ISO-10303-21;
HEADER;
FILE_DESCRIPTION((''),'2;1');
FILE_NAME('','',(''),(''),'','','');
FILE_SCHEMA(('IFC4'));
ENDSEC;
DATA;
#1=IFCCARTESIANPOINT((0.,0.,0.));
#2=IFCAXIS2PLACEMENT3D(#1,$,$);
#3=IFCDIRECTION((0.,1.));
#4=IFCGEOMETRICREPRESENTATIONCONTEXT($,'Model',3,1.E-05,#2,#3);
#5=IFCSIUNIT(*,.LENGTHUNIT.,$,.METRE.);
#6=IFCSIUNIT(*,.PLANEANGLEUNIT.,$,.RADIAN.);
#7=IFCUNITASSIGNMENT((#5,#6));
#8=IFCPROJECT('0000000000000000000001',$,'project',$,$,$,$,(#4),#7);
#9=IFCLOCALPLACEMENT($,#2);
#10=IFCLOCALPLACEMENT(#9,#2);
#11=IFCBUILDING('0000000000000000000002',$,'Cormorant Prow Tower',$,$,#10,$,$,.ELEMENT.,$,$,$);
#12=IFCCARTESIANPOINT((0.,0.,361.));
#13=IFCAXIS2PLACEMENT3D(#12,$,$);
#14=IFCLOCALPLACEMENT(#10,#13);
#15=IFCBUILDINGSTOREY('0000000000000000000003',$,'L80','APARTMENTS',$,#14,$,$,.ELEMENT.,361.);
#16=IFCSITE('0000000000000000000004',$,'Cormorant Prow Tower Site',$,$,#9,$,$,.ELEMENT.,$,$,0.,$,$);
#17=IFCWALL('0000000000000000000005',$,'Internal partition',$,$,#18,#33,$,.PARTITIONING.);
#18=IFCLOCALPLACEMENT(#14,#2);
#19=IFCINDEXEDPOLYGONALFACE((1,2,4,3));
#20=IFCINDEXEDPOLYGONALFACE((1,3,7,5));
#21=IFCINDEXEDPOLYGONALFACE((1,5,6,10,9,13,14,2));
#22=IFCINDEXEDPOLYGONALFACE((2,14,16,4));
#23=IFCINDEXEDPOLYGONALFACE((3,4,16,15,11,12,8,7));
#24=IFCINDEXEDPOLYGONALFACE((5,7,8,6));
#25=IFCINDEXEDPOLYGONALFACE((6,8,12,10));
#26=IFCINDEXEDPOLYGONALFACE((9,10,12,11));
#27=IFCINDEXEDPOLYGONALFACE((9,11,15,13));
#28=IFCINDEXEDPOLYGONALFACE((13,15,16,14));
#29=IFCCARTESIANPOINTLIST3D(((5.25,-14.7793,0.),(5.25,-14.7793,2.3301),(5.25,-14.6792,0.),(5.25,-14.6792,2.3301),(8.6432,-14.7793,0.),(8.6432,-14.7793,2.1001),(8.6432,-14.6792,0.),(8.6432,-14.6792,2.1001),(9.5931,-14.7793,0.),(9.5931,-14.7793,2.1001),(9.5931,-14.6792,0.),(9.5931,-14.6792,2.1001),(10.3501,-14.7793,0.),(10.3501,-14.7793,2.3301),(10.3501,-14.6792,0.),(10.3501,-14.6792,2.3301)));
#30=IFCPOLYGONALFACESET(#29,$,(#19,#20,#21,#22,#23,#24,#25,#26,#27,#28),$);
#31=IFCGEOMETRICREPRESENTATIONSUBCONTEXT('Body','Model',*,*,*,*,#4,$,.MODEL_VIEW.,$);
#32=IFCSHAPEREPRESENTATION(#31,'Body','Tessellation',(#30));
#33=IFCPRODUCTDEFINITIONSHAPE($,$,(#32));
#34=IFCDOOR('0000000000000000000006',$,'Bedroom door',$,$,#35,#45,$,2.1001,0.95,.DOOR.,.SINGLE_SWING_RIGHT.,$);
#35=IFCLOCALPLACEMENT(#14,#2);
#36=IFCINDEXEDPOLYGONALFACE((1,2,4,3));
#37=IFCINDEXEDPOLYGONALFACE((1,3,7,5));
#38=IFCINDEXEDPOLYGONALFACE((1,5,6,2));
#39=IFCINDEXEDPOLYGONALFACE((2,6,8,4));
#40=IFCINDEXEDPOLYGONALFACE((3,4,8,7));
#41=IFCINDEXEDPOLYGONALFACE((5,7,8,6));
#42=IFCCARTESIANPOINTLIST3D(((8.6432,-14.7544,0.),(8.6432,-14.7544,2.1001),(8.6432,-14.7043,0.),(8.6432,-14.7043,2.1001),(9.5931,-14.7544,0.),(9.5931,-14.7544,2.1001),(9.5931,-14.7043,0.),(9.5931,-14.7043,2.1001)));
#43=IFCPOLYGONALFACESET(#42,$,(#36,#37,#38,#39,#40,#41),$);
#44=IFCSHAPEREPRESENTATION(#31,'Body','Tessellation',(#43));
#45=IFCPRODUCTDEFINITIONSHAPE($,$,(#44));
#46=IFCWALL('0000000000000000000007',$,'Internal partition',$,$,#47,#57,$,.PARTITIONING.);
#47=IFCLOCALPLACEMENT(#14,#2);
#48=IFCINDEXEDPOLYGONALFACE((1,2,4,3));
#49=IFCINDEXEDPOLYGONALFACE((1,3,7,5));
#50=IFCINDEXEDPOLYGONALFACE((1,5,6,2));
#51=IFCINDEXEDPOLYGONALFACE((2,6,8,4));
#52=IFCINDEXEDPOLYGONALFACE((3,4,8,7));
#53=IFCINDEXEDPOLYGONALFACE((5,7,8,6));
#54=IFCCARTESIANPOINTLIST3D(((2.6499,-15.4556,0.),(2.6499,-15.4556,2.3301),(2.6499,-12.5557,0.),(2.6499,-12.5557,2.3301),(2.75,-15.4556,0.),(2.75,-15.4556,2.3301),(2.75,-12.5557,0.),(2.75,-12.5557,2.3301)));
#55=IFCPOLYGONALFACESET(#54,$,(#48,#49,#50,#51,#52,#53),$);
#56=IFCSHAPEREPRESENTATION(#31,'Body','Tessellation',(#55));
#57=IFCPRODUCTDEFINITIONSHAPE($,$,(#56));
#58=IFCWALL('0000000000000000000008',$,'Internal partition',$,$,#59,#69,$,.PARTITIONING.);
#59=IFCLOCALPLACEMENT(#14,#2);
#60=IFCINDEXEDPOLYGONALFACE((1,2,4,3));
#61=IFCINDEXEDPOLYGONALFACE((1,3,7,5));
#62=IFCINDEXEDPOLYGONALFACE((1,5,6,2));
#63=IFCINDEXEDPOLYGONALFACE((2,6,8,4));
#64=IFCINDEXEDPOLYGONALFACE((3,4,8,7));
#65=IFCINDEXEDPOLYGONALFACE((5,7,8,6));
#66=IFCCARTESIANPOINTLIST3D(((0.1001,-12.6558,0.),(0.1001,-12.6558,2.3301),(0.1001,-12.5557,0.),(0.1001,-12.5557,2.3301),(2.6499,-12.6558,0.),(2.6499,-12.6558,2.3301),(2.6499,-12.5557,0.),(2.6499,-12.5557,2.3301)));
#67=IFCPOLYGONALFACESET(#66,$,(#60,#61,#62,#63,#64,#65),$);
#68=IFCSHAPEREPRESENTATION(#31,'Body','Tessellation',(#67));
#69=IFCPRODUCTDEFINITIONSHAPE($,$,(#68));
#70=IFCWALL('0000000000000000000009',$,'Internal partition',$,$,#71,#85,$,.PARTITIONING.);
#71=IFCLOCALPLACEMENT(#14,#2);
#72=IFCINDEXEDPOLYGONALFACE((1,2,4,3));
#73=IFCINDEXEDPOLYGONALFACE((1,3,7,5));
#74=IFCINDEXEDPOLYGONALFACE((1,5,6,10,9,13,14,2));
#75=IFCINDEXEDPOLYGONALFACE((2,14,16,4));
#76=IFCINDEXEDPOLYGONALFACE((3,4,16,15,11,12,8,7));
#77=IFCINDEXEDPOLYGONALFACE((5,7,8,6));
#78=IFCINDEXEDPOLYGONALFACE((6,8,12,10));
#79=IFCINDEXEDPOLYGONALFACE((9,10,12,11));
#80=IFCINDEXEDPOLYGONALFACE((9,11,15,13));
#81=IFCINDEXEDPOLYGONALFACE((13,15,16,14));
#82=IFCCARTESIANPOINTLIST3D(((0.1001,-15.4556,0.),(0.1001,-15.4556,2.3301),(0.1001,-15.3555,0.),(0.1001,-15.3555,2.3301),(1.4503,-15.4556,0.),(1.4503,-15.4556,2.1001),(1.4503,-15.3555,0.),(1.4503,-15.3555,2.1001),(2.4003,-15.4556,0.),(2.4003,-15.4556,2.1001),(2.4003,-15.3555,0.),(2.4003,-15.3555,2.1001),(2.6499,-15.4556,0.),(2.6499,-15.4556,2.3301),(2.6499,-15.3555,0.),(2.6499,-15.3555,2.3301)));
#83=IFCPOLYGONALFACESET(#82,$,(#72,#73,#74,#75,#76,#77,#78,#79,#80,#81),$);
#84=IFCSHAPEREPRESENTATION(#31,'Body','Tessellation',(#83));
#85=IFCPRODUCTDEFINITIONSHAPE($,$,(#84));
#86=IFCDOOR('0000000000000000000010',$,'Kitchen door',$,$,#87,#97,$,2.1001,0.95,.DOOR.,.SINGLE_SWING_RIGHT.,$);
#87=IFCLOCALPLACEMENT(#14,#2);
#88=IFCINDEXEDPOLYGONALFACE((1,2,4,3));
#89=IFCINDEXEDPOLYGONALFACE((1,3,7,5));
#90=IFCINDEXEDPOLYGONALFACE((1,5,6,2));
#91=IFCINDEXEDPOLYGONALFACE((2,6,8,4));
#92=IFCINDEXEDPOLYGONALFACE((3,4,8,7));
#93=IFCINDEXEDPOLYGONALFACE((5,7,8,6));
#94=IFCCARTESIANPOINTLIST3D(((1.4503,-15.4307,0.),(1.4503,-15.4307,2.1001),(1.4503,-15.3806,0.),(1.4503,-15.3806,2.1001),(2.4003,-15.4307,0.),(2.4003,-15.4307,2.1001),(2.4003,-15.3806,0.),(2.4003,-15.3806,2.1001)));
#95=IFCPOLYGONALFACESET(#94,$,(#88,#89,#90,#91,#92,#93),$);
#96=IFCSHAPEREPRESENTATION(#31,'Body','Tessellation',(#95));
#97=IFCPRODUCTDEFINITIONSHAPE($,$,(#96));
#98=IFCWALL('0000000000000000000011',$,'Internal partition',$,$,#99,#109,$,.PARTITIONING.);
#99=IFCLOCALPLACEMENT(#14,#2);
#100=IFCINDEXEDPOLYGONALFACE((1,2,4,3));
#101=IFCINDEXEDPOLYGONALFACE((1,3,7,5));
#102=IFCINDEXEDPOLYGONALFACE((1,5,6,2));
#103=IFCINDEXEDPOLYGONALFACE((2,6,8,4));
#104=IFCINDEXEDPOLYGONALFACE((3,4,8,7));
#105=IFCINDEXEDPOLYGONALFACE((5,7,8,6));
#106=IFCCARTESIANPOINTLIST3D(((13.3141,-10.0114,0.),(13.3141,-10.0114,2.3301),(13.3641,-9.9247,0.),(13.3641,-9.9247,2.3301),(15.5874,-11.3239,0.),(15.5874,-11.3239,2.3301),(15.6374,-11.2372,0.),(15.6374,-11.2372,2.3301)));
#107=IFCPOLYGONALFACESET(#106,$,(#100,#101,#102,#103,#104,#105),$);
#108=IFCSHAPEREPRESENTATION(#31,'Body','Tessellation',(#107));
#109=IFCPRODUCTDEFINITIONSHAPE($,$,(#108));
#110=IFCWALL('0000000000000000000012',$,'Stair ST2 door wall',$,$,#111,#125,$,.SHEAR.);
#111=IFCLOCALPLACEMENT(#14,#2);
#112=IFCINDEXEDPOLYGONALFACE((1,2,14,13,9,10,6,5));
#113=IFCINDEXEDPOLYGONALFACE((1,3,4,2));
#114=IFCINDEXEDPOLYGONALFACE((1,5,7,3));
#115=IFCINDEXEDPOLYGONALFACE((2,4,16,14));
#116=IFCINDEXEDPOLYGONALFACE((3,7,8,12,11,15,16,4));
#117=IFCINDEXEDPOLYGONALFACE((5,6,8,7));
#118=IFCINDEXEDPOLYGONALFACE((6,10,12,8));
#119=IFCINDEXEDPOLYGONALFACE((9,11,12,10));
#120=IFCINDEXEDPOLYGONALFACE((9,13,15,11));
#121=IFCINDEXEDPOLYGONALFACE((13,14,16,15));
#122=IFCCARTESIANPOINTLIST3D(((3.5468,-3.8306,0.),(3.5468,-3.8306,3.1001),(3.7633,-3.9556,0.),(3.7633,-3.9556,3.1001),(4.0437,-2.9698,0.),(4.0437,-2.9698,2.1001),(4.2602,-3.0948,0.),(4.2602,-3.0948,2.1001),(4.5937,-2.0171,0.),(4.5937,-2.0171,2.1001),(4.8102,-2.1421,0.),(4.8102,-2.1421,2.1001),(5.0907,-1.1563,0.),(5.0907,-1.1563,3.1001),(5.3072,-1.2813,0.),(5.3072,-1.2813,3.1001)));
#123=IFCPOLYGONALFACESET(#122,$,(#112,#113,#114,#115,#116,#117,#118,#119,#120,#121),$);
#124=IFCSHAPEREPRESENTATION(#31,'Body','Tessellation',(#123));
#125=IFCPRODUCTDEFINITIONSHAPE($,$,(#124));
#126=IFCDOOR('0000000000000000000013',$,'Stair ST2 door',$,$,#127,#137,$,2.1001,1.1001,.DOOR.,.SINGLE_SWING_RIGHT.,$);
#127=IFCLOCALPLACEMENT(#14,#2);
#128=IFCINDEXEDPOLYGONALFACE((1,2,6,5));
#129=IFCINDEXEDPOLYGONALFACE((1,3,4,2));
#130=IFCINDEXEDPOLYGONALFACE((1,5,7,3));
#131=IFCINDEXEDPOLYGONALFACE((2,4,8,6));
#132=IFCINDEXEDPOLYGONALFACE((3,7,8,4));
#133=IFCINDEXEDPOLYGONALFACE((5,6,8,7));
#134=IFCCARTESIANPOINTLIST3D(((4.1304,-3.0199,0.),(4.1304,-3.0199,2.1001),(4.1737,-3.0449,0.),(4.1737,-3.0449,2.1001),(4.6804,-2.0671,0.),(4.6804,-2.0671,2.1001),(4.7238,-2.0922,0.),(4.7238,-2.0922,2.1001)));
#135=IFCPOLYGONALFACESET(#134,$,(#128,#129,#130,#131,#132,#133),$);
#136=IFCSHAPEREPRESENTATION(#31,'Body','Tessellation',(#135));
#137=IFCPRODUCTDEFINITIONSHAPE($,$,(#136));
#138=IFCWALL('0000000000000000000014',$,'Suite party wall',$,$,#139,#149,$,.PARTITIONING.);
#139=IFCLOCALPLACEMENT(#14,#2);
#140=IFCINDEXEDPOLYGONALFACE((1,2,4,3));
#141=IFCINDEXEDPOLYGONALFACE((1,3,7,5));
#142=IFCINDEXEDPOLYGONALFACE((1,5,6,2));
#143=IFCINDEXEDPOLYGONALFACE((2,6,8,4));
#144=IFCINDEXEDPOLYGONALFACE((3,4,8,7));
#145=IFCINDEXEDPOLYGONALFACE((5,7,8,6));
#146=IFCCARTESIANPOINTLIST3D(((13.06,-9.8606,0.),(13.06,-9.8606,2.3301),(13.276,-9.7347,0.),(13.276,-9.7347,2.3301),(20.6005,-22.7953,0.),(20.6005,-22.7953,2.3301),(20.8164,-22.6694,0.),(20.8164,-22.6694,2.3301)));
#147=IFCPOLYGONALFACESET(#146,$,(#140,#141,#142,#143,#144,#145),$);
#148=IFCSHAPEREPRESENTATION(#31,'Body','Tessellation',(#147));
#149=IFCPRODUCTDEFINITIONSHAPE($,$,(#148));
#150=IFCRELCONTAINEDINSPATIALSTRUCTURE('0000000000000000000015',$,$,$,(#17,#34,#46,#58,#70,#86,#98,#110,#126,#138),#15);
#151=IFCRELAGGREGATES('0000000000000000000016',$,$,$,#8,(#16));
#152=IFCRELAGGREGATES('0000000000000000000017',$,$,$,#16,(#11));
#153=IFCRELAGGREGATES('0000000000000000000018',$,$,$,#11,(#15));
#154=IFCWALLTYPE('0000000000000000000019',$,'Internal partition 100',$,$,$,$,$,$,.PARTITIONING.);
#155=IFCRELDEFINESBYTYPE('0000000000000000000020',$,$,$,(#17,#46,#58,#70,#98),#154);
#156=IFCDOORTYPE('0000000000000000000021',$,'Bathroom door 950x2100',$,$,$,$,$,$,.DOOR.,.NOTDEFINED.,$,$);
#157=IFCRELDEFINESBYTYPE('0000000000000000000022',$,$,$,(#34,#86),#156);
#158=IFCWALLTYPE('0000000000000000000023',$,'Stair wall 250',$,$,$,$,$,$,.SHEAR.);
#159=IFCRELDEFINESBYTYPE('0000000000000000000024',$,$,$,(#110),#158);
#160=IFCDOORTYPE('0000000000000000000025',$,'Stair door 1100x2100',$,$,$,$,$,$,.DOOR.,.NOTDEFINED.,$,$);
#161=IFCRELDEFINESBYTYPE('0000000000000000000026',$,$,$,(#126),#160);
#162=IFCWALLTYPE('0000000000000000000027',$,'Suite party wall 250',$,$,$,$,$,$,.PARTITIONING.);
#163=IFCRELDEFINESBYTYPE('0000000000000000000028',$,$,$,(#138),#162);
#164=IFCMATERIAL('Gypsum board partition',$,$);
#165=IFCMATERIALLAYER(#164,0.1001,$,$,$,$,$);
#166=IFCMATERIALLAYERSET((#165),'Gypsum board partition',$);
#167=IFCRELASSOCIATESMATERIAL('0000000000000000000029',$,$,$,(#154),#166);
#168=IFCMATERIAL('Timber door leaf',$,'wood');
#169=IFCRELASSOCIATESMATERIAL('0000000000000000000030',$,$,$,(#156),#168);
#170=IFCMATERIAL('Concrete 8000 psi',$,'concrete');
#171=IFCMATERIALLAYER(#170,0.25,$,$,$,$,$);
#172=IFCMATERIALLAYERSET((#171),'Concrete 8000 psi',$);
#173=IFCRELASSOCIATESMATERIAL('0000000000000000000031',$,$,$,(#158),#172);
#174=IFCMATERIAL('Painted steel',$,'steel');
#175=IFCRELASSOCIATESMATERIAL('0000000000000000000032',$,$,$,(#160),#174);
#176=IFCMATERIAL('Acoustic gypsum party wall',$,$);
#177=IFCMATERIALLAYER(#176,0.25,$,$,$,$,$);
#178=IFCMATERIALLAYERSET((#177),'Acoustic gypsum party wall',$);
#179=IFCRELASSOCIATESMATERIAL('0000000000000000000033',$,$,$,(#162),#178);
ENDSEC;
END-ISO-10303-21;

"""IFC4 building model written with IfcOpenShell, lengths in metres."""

from ifc_helpers import new_model, si_unit, direction, frame, frame_2d, origin, place, context, subcontext, project, spatial, rectangle, extrude, material, layer, layer_set, type_object, element, fill, save


model = new_model("IFC4")

# Units and contexts
model_context = context("Model", 3, precision=1e-05, world=origin(), true_north=direction((0.0, 1.0)))
body_context = subcontext(model_context, "Body", "Model", "MODEL_VIEW")
ifc_project = project(units=[si_unit("LENGTHUNIT", "METRE"), si_unit("PLANEANGLEUNIT", "RADIAN")], contexts=[model_context])

# Site, building, storey
site_placement = place(None, origin())
site = spatial("IfcSite", under=ifc_project, at=site_placement, Name="Cormorant Prow Tower Site", CompositionType="ELEMENT", RefElevation=0.0)
building_placement = place(site_placement, origin())
building = spatial("IfcBuilding", under=site, at=building_placement, Name="Cormorant Prow Tower", CompositionType="ELEMENT")
storey_placement = place(building_placement, frame((0.0, 0.0, 361.0)))
storey = spatial("IfcBuildingStorey", under=building, at=storey_placement, Name="L80", Description="APARTMENTS", CompositionType="ELEMENT", Elevation=361.0)

# Wall, opening, door
ifc_material_1 = material(Name="Gypsum board partition")
ifc_layer_1 = layer(ifc_material_1, 0.1001)
ifc_layer_set_1 = layer_set([ifc_layer_1], Name="Gypsum board partition")
wall_type_1 = type_object("IfcWallType", Name="Internal partition 100", PredefinedType="PARTITIONING", material=ifc_layer_set_1)
wall_1_placement = place(storey_placement, frame((5.25, -14.7292, 0.0), z_axis=(0.0, 0.0, 1.0), x_axis=(1.0, 0.0, 0.0)))
wall_1 = element("IfcWall", 1, at=wall_1_placement, inside=storey, type_object=wall_type_1, Name="Internal partition", PredefinedType="PARTITIONING", context=body_context, shape_type="SweptSolid", body=[
    extrude(rectangle(XDim=5.1001, YDim=0.1001, at=frame_2d((2.55, 0.0))), origin(), (0.0, 0.0, 1.0), 2.3301),
])
opening_1_placement = place(wall_1_placement, frame((3.3931, 0.0, 0.0)))
opening_1 = element("IfcOpeningElement", 2, at=opening_1_placement, cuts=wall_1, PredefinedType="OPENING", context=body_context, shape_type="SweptSolid", body=[
    extrude(rectangle(XDim=0.95, YDim=2.1001, at=frame_2d((0.4751, 1.05))), frame((0.0, 0.0601, 0.0), z_axis=(0.0, -1.0, 0.0), x_axis=(1.0, 0.0, 0.0)), (0.0, 0.0, 1.0), 0.1201),
])
ifc_material_2 = material(Name="Timber door leaf", Category="wood")
door_type_1 = type_object("IfcDoorType", Name="Bathroom door 950x2100", OperationType="NOTDEFINED", PredefinedType="DOOR", material=ifc_material_2)
door_1_placement = place(opening_1_placement, origin())
door_1 = element("IfcDoor", 3, at=door_1_placement, inside=storey, type_object=door_type_1, Name="Bedroom door", OperationType="SINGLE_SWING_RIGHT", OverallHeight=2.1001, OverallWidth=0.95, PredefinedType="DOOR", context=body_context, shape_type="SweptSolid", body=[
    extrude(rectangle(XDim=0.95, YDim=2.1001, at=frame_2d((0.4751, 1.05))), frame((0.0, 0.0249, 0.0), z_axis=(0.0, -1.0, 0.0), x_axis=(1.0, 0.0, 0.0)), (0.0, 0.0, 1.0), 0.05),
])
fill(opening_1, door_1)

# Walls
wall_2_placement = place(storey_placement, frame((2.7, -15.4556, 0.0), z_axis=(0.0, 0.0, 1.0), x_axis=(0.0, 1.0, 0.0)))
element("IfcWall", 4, at=wall_2_placement, inside=storey, type_object=wall_type_1, Name="Internal partition", PredefinedType="PARTITIONING", context=body_context, shape_type="SweptSolid", body=[
    extrude(rectangle(XDim=2.8999, YDim=0.1001, at=frame_2d((1.45, 0.0))), origin(), (0.0, 0.0, 1.0), 2.3301),
])
wall_3_placement = place(storey_placement, frame((0.1001, -12.6057, 0.0), z_axis=(0.0, 0.0, 1.0), x_axis=(1.0, 0.0, 0.0)))
element("IfcWall", 5, at=wall_3_placement, inside=storey, type_object=wall_type_1, Name="Internal partition", PredefinedType="PARTITIONING", context=body_context, shape_type="SweptSolid", body=[
    extrude(rectangle(XDim=2.5498, YDim=0.1001, at=frame_2d((1.2749, 0.0))), origin(), (0.0, 0.0, 1.0), 2.3301),
])

# Wall, opening, door
wall_4_placement = place(storey_placement, frame((0.1001, -15.4055, 0.0), z_axis=(0.0, 0.0, 1.0), x_axis=(1.0, 0.0, 0.0)))
wall_4 = element("IfcWall", 6, at=wall_4_placement, inside=storey, type_object=wall_type_1, Name="Internal partition", PredefinedType="PARTITIONING", context=body_context, shape_type="SweptSolid", body=[
    extrude(rectangle(XDim=2.5498, YDim=0.1001, at=frame_2d((1.2749, 0.0))), origin(), (0.0, 0.0, 1.0), 2.3301),
])
opening_2_placement = place(wall_4_placement, frame((1.3501, 0.0, 0.0)))
opening_2 = element("IfcOpeningElement", 7, at=opening_2_placement, cuts=wall_4, PredefinedType="OPENING", context=body_context, shape_type="SweptSolid", body=[
    extrude(rectangle(XDim=0.95, YDim=2.1001, at=frame_2d((0.4751, 1.05))), frame((0.0, 0.0601, 0.0), z_axis=(0.0, -1.0, 0.0), x_axis=(1.0, 0.0, 0.0)), (0.0, 0.0, 1.0), 0.1201),
])
door_2_placement = place(opening_2_placement, origin())
door_2 = element("IfcDoor", 8, at=door_2_placement, inside=storey, type_object=door_type_1, Name="Kitchen door", OperationType="SINGLE_SWING_RIGHT", OverallHeight=2.1001, OverallWidth=0.95, PredefinedType="DOOR", context=body_context, shape_type="SweptSolid", body=[
    extrude(rectangle(XDim=0.95, YDim=2.1001, at=frame_2d((0.4751, 1.05))), frame((0.0, 0.0249, 0.0), z_axis=(0.0, -1.0, 0.0), x_axis=(1.0, 0.0, 0.0)), (0.0, 0.0, 1.0), 0.05),
])
fill(opening_2, door_2)

# Wall
wall_5_placement = place(storey_placement, frame((13.3391, -9.968, 0.0), z_axis=(0.0, 0.0, 1.0), x_axis=(0.866014, -0.50002, 0.0)))
element("IfcWall", 9, at=wall_5_placement, inside=storey, type_object=wall_type_1, Name="Internal partition", PredefinedType="PARTITIONING", context=body_context, shape_type="SweptSolid", body=[
    extrude(rectangle(XDim=2.625, YDim=0.1001, at=frame_2d((1.3125, 0.0))), origin(), (0.0, 0.0, 1.0), 2.3301),
])

# Wall, opening, door
ifc_material_3 = material(Name="Concrete 8000 psi", Category="concrete")
ifc_layer_2 = layer(ifc_material_3, 0.25)
ifc_layer_set_2 = layer_set([ifc_layer_2], Name="Concrete 8000 psi")
wall_type_2 = type_object("IfcWallType", Name="Stair wall 250", PredefinedType="SHEAR", material=ifc_layer_set_2)
wall_6_placement = place(storey_placement, frame((3.655, -3.8931, 0.0), z_axis=(0.0, 0.0, 1.0), x_axis=(0.499983, 0.866035, 0.0)))
wall_6 = element("IfcWall", 10, at=wall_6_placement, inside=storey, type_object=wall_type_2, Name="Stair ST2 door wall", PredefinedType="SHEAR", context=body_context, shape_type="SweptSolid", body=[
    extrude(rectangle(XDim=3.0879, YDim=0.25, at=frame_2d((1.5439, 0.0))), origin(), (0.0, 0.0, 1.0), 3.1001),
])
opening_3_placement = place(wall_6_placement, frame((0.9939, 0.0, 0.0)))
opening_3 = element("IfcOpeningElement", 11, at=opening_3_placement, cuts=wall_6, PredefinedType="OPENING", context=body_context, shape_type="SweptSolid", body=[
    extrude(rectangle(XDim=1.1001, YDim=2.1001, at=frame_2d((0.55, 1.05))), frame((0.0, 0.135, 0.0), z_axis=(0.0, -1.0, 0.0), x_axis=(1.0, 0.0, 0.0)), (0.0, 0.0, 1.0), 0.27),
])
ifc_material_4 = material(Name="Painted steel", Category="steel")
door_type_2 = type_object("IfcDoorType", Name="Stair door 1100x2100", OperationType="NOTDEFINED", PredefinedType="DOOR", material=ifc_material_4)
door_3_placement = place(opening_3_placement, origin())
door_3 = element("IfcDoor", 12, at=door_3_placement, inside=storey, type_object=door_type_2, Name="Stair ST2 door", OperationType="SINGLE_SWING_RIGHT", OverallHeight=2.1001, OverallWidth=1.1001, PredefinedType="DOOR", context=body_context, shape_type="SweptSolid", body=[
    extrude(rectangle(XDim=1.1001, YDim=2.1001, at=frame_2d((0.55, 1.05))), frame((0.0, 0.0249, 0.0), z_axis=(0.0, -1.0, 0.0), x_axis=(1.0, 0.0, 0.0)), (0.0, 0.0, 1.0), 0.05),
])
fill(opening_3, door_3)

# Wall
ifc_material_5 = material(Name="Acoustic gypsum party wall")
ifc_layer_3 = layer(ifc_material_5, 0.25)
ifc_layer_set_3 = layer_set([ifc_layer_3], Name="Acoustic gypsum party wall")
wall_type_3 = type_object("IfcWallType", Name="Suite party wall 250", PredefinedType="PARTITIONING", material=ifc_layer_set_3)
wall_7_placement = place(storey_placement, frame((13.168, -9.7976, 0.0), z_axis=(0.0, 0.0, 1.0), x_axis=(0.503633, -0.863918, 0.0)))
element("IfcWall", 13, at=wall_7_placement, inside=storey, type_object=wall_type_3, Name="Suite party wall", PredefinedType="PARTITIONING", context=body_context, shape_type="SweptSolid", body=[
    extrude(rectangle(XDim=14.9722, YDim=0.25, at=frame_2d((7.4861, 0.0))), origin(), (0.0, 0.0, 1.0), 2.3301),
])

save(model, "model.ifc")
